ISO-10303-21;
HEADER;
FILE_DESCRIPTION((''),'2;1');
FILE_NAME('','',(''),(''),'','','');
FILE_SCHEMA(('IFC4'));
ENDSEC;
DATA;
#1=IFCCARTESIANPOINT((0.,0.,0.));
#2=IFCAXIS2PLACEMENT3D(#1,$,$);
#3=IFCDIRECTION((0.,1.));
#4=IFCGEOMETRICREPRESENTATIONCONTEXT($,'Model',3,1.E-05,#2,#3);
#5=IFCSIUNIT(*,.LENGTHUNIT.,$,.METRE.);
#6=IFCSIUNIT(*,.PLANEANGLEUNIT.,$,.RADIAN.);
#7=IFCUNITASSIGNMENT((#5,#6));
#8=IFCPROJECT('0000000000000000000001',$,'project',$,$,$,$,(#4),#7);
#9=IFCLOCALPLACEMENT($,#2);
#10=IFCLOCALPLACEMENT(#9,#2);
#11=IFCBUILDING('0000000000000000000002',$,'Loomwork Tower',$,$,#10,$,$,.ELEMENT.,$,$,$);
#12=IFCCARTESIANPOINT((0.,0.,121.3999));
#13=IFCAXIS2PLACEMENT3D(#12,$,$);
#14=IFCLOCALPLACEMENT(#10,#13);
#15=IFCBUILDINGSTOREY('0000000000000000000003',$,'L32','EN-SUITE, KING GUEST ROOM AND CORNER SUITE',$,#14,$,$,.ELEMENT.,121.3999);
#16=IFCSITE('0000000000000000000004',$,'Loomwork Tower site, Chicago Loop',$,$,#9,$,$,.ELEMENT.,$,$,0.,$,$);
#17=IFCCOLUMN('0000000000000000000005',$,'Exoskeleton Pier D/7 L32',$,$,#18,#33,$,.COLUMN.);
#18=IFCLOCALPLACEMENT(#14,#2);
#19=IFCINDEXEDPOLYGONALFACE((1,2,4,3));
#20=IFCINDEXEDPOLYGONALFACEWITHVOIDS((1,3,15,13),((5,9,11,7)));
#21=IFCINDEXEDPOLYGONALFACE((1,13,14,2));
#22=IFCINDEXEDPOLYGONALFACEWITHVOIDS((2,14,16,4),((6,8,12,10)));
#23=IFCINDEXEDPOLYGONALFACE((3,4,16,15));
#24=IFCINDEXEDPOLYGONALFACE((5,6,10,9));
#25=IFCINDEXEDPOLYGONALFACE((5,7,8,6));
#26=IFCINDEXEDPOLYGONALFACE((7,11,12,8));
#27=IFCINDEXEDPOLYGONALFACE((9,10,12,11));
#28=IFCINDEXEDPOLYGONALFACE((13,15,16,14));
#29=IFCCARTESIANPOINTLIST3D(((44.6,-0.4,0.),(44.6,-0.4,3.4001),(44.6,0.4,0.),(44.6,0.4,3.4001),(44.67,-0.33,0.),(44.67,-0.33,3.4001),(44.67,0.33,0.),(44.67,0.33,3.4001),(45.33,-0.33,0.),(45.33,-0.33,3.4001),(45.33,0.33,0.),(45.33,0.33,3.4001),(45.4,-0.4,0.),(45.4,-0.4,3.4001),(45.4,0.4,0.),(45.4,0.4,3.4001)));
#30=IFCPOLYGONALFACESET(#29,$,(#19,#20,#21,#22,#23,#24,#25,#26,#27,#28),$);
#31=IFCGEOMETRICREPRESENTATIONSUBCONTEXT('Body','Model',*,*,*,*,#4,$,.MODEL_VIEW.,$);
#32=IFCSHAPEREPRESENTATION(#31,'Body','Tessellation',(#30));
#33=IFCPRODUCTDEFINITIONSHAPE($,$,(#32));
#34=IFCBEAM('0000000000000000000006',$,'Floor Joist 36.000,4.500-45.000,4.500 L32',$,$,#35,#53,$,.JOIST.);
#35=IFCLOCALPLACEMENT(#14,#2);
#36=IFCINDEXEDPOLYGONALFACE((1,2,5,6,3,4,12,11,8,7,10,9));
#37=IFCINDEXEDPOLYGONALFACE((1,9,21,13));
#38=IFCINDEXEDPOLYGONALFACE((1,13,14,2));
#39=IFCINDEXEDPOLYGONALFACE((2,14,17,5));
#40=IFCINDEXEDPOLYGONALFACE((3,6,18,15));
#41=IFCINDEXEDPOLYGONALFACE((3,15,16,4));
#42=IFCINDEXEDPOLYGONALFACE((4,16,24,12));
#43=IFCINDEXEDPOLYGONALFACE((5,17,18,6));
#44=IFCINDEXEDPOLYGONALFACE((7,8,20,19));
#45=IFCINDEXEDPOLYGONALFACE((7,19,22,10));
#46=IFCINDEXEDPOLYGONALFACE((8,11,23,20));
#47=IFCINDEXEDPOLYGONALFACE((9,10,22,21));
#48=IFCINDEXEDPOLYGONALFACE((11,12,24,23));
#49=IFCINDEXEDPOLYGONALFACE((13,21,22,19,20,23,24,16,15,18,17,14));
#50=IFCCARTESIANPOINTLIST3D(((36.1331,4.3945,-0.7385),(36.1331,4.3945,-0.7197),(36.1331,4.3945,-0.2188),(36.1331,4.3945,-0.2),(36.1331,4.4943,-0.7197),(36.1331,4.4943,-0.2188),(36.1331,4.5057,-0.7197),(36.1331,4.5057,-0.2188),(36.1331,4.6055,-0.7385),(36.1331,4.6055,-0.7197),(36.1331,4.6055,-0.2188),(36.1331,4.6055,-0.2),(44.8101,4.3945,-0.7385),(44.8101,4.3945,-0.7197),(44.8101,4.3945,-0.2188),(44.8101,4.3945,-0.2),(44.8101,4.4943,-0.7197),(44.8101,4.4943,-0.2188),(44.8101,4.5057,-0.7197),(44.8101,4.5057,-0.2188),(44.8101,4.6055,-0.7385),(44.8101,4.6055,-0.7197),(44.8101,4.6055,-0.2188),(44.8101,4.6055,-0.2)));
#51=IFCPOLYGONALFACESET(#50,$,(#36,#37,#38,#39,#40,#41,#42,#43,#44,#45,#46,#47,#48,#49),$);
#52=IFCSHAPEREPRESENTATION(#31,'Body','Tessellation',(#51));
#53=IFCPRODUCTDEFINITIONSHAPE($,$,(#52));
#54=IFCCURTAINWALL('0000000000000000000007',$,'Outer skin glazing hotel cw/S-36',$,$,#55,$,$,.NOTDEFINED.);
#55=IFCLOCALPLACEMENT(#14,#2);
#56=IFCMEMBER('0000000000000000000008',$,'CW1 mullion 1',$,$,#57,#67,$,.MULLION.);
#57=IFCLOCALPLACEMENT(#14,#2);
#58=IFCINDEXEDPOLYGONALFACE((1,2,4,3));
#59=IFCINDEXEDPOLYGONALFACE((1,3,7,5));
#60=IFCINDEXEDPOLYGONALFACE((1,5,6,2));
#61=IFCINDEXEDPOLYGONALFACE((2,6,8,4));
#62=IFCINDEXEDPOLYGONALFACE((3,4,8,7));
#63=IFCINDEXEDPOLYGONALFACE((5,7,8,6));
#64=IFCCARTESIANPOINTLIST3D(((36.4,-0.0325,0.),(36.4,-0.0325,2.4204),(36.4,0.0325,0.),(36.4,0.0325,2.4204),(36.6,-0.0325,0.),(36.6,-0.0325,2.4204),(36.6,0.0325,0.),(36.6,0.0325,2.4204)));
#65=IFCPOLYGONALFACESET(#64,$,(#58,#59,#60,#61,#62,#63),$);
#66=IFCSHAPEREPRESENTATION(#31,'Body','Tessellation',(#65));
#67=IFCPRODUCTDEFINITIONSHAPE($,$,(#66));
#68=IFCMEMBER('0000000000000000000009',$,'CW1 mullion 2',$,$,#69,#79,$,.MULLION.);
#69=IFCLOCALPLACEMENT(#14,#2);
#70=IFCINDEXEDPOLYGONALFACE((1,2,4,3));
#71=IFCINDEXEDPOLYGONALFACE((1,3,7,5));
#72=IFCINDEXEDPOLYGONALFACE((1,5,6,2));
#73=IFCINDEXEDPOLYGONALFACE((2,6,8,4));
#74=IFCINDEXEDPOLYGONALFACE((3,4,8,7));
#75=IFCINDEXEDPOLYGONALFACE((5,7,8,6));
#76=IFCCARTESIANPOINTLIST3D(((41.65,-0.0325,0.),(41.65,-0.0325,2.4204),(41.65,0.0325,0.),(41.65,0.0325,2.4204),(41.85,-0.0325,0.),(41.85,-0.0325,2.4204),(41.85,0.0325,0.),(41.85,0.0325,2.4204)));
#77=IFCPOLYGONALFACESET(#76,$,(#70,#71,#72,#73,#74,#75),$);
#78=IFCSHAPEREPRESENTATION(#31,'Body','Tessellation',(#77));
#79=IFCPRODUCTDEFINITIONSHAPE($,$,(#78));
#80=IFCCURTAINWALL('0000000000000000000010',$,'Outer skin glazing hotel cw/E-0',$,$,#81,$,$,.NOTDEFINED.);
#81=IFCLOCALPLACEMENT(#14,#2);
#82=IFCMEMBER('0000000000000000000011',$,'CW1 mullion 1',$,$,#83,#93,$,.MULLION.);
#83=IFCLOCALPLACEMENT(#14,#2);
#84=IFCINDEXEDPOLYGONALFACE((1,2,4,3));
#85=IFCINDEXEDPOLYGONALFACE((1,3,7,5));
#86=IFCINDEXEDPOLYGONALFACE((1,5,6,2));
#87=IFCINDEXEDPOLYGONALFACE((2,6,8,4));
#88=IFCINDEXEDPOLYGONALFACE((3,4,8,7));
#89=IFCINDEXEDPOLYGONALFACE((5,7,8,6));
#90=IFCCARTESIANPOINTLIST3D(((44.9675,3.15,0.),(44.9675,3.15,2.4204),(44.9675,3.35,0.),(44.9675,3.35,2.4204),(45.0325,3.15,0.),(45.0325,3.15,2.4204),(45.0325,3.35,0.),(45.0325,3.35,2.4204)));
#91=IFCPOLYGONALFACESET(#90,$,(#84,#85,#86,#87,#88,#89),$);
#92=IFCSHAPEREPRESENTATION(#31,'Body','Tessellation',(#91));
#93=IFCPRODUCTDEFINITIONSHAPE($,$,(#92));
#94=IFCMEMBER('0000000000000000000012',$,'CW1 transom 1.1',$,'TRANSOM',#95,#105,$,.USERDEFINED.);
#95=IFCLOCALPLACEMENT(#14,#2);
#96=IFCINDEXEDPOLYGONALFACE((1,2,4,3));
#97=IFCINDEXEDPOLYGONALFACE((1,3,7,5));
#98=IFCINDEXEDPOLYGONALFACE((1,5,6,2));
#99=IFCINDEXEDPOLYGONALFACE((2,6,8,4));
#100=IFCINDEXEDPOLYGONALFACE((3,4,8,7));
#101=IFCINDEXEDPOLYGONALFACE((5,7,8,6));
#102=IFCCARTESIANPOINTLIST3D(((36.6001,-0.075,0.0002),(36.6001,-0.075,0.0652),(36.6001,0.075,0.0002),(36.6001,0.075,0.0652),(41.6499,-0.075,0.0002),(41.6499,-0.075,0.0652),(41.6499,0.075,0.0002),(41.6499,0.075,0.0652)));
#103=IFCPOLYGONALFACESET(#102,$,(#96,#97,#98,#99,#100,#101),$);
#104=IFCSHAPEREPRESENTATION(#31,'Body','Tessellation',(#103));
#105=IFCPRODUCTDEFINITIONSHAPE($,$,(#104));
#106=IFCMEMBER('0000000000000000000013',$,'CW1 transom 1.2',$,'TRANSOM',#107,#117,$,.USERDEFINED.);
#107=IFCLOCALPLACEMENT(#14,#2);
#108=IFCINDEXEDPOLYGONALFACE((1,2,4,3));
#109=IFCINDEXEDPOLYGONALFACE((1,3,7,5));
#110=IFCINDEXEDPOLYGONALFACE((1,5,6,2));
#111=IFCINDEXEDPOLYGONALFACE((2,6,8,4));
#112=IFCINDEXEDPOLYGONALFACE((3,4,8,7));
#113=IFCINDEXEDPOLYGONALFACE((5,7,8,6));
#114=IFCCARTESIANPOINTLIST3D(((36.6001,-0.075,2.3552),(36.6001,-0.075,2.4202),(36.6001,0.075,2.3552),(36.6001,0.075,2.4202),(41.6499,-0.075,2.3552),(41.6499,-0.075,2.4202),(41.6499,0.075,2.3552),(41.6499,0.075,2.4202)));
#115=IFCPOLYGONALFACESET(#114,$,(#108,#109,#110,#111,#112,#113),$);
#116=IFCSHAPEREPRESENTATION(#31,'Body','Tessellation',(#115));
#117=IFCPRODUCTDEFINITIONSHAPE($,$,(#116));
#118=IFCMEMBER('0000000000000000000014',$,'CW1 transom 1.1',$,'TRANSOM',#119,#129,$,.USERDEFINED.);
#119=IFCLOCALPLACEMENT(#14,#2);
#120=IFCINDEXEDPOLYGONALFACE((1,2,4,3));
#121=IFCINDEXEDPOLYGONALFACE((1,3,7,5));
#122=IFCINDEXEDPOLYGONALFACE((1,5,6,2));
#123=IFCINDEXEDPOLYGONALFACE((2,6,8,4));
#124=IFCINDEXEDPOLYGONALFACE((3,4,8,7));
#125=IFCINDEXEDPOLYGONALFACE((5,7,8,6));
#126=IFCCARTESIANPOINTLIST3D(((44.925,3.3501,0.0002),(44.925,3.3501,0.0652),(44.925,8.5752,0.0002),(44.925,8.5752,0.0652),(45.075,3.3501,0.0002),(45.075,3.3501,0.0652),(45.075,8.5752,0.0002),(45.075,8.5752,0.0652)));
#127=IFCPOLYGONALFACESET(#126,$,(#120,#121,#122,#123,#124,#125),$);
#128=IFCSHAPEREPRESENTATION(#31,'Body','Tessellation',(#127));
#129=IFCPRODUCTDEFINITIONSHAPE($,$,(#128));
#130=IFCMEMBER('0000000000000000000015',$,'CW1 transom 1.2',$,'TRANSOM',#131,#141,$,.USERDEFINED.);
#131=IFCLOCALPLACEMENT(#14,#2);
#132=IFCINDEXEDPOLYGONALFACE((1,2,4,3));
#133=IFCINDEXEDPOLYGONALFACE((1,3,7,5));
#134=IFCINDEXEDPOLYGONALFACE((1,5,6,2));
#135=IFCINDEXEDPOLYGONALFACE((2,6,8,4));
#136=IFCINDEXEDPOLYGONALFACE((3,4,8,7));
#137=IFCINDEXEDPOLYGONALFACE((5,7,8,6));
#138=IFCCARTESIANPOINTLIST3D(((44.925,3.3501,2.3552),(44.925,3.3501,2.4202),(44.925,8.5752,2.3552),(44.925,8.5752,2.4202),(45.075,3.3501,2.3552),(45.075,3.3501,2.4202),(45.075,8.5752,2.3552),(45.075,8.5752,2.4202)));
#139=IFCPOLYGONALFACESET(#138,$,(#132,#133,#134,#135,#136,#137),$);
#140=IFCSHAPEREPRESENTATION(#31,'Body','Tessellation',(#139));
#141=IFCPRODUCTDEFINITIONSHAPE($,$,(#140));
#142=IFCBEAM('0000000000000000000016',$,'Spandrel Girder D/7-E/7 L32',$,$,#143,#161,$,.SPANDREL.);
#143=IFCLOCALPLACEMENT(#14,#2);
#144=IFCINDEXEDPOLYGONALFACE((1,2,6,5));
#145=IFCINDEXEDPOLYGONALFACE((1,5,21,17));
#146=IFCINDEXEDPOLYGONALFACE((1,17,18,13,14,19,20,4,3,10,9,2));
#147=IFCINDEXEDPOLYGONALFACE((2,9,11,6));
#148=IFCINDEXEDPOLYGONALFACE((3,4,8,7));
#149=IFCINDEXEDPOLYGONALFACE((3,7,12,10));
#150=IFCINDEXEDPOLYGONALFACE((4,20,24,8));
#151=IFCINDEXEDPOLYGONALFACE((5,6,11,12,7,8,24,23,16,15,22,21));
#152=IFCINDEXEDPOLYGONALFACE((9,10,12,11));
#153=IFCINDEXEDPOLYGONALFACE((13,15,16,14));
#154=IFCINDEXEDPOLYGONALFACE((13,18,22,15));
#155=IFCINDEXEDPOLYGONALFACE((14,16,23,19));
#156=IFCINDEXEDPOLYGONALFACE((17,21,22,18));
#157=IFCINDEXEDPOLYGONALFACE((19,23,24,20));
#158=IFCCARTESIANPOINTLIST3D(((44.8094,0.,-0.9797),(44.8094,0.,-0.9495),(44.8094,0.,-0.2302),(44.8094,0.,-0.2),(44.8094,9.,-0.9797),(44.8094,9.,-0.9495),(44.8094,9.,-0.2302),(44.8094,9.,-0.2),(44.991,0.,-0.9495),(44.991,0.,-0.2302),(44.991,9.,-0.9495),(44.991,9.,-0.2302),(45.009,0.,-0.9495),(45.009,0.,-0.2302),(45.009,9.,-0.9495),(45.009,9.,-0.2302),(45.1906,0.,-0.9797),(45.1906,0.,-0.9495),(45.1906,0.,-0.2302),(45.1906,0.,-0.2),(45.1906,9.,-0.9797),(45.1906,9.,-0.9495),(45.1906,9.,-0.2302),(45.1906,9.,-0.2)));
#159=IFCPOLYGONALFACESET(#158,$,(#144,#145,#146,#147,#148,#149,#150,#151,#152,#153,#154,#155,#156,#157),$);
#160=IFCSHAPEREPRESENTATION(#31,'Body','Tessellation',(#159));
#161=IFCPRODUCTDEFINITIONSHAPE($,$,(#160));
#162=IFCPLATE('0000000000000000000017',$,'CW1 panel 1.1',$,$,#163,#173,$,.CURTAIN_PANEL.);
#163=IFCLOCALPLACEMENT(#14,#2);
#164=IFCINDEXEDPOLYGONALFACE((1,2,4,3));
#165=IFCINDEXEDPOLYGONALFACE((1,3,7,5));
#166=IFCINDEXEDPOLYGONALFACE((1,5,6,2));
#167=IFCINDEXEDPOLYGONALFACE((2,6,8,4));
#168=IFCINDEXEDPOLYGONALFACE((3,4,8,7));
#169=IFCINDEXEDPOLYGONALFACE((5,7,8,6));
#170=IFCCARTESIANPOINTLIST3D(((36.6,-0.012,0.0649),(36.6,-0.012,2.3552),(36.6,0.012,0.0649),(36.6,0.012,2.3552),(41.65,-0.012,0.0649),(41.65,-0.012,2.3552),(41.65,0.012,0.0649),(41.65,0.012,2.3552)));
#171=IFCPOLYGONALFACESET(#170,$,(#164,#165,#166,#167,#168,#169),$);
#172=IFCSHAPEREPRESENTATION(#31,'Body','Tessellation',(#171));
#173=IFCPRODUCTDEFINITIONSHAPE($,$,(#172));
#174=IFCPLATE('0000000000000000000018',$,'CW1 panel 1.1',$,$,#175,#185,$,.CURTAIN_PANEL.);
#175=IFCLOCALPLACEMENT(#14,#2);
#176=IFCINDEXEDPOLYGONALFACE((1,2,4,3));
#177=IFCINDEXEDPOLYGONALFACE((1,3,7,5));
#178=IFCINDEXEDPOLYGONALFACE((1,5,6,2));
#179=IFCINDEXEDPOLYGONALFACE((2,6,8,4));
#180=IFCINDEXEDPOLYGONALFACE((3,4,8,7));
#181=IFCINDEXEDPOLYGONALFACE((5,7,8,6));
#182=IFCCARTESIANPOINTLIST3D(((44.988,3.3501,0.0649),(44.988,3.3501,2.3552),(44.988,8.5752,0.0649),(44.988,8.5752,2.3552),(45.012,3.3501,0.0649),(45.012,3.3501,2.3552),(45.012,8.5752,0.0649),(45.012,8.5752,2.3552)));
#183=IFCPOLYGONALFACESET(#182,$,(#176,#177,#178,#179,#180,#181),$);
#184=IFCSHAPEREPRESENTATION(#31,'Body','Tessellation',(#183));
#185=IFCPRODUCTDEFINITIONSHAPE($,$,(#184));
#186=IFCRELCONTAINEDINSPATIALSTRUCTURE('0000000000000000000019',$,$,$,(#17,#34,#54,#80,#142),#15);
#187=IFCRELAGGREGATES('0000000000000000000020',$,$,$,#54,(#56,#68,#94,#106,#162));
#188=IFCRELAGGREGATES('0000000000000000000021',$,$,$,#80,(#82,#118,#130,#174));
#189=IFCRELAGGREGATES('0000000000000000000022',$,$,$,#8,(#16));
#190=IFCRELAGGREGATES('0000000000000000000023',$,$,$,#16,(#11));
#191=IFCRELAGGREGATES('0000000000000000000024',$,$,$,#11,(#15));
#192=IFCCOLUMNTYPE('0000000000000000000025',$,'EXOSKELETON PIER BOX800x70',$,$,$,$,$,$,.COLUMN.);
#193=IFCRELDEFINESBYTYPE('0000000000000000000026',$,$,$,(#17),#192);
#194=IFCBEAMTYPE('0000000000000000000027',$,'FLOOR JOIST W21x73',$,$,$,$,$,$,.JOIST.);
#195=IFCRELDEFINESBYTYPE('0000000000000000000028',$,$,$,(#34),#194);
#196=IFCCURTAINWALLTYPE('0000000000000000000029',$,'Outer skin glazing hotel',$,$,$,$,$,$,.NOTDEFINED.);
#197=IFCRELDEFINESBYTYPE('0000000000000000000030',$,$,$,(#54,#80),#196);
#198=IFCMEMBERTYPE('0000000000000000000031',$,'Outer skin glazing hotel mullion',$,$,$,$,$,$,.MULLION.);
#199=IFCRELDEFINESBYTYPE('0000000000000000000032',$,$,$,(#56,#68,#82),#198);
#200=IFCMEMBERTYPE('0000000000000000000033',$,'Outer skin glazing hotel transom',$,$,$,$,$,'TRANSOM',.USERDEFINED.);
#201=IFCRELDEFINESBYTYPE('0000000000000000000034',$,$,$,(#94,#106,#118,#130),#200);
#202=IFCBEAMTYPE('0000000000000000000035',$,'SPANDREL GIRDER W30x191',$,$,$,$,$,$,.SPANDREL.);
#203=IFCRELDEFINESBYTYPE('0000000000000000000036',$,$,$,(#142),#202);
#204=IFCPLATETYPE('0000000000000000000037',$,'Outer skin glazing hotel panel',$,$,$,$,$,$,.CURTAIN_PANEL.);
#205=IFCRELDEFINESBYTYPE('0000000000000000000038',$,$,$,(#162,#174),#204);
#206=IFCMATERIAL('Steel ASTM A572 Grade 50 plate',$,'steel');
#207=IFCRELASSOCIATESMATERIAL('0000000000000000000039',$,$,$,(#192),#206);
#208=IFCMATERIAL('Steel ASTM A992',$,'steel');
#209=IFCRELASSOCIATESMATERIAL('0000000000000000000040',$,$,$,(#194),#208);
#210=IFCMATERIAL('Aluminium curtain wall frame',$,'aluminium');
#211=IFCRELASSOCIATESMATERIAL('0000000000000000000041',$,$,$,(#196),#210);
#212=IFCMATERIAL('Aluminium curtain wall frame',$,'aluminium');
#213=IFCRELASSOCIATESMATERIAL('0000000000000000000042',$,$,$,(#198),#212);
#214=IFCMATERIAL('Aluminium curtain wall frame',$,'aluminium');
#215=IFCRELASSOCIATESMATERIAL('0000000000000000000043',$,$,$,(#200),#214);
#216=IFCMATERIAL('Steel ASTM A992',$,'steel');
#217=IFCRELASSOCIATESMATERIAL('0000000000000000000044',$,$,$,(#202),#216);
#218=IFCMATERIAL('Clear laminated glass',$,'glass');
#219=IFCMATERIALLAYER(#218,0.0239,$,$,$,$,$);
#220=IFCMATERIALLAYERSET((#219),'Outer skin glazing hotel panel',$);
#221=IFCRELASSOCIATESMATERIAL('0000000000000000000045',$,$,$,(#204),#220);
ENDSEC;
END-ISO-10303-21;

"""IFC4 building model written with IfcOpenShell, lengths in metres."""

from ifc_helpers import new_model, si_unit, direction, frame, origin, origin_2d, place, context, subcontext, project, spatial, rectangle, hollow_rectangle, i_section, extrude, material, layer, layer_set, material_profile, profile_set, type_object, element, aggregate, save


model = new_model("IFC4")

# Units and contexts
model_context = context("Model", 3, precision=1e-05, world=origin(), true_north=direction((0.0, 1.0)))
body_context = subcontext(model_context, "Body", "Model", "MODEL_VIEW")
ifc_project = project(units=[si_unit("LENGTHUNIT", "METRE"), si_unit("PLANEANGLEUNIT", "RADIAN")], contexts=[model_context])

# Site, building, storey
site_placement = place(None, origin())
site = spatial("IfcSite", under=ifc_project, at=site_placement, Name="Loomwork Tower site, Chicago Loop", CompositionType="ELEMENT", RefElevation=0.0)
building_placement = place(site_placement, origin())
building = spatial("IfcBuilding", under=site, at=building_placement, Name="Loomwork Tower", CompositionType="ELEMENT")
storey_placement = place(building_placement, frame((0.0, 0.0, 121.3999)))
storey = spatial("IfcBuildingStorey", under=building, at=storey_placement, Name="L32", Description="EN-SUITE, KING GUEST ROOM AND CORNER SUITE", CompositionType="ELEMENT", Elevation=121.3999)

# Column
ifc_material_1 = material(Name="Steel ASTM A572 Grade 50 plate", Category="steel")
ifc_material_profile_1 = material_profile(ifc_material_1, hollow_rectangle(XDim=0.8, YDim=0.8, WallThickness=0.0701, at=origin_2d()), Name="BOX800x70")
ifc_profile_set_1 = profile_set([ifc_material_profile_1], Name="Steel ASTM A572 Grade 50 plate")
column_type = type_object("IfcColumnType", Name="EXOSKELETON PIER BOX800x70", PredefinedType="COLUMN", material=ifc_profile_set_1)
column_placement = place(storey_placement, frame((45.0, 0.0, 0.0), z_axis=(0.0, 0.0, 1.0), x_axis=(1.0, 0.0, 0.0)))
element("IfcColumn", 1, at=column_placement, inside=storey, type_object=column_type, Name="Exoskeleton Pier D/7 L32", PredefinedType="COLUMN", context=body_context, shape_type="SweptSolid", body=[
    extrude(hollow_rectangle(XDim=0.8, YDim=0.8, WallThickness=0.0701, at=origin_2d()), origin(), (0.0, 0.0, 1.0), 3.4001),
])

# Beam
ifc_material_2 = material(Name="Steel ASTM A992", Category="steel")
ifc_material_profile_2 = material_profile(ifc_material_2, i_section(OverallWidth=0.2109, OverallDepth=0.5386, WebThickness=0.0115, FlangeThickness=0.0188, at=origin_2d()), Name="W21x73")
ifc_profile_set_2 = profile_set([ifc_material_profile_2], Name="Steel ASTM A992")
beam_type_1 = type_object("IfcBeamType", Name="FLOOR JOIST W21x73", PredefinedType="JOIST", material=ifc_profile_set_2)
beam_1_placement = place(storey_placement, frame((36.1331, 4.5, -0.4692), z_axis=(1.0, 0.0, 0.0), x_axis=(0.0, 1.0, 0.0)))
element("IfcBeam", 2, at=beam_1_placement, inside=storey, type_object=beam_type_1, Name="Floor Joist 36.000,4.500-45.000,4.500 L32", PredefinedType="JOIST", context=body_context, shape_type="SweptSolid", body=[
    extrude(i_section(OverallWidth=0.2109, OverallDepth=0.5386, WebThickness=0.0115, FlangeThickness=0.0188, at=origin_2d()), origin(), (0.0, 0.0, 1.0), 8.677),
])

# Curtain wall, members
ifc_material_3 = material(Name="Aluminium curtain wall frame", Category="aluminium")
curtain_wall_type = type_object("IfcCurtainWallType", Name="Outer skin glazing hotel", PredefinedType="NOTDEFINED", material=ifc_material_3)
curtain_wall_1_placement = place(storey_placement, origin())
curtain_wall_1 = element("IfcCurtainWall", 3, at=curtain_wall_1_placement, inside=storey, type_object=curtain_wall_type, Name="Outer skin glazing hotel cw/S-36", PredefinedType="NOTDEFINED")
ifc_material_4 = material(Name="Aluminium curtain wall frame", Category="aluminium")
ifc_material_profile_3 = material_profile(ifc_material_4, rectangle(XDim=0.0649, YDim=0.2, at=origin_2d()), Name="AL 65x200")
ifc_profile_set_3 = profile_set([ifc_material_profile_3], Name="Aluminium curtain wall frame")
member_type_1 = type_object("IfcMemberType", Name="Outer skin glazing hotel mullion", PredefinedType="MULLION", material=ifc_profile_set_3)
member_1_placement = place(storey_placement, frame((36.5, 0.0, 0.0), z_axis=(0.0, 0.0, 1.0), x_axis=(0.0, 1.0, 0.0)))
member_1 = element("IfcMember", 4, at=member_1_placement, type_object=member_type_1, Name="CW1 mullion 1", PredefinedType="MULLION", context=body_context, shape_type="SweptSolid", body=[
    extrude(rectangle(XDim=0.0649, YDim=0.2, at=origin_2d()), origin(), (0.0, 0.0, 1.0), 2.4204),
])
member_2_placement = place(storey_placement, frame((41.75, 0.0, 0.0), z_axis=(0.0, 0.0, 1.0), x_axis=(0.0, 1.0, 0.0)))
member_2 = element("IfcMember", 5, at=member_2_placement, type_object=member_type_1, Name="CW1 mullion 2", PredefinedType="MULLION", context=body_context, shape_type="SweptSolid", body=[
    extrude(rectangle(XDim=0.0649, YDim=0.2, at=origin_2d()), origin(), (0.0, 0.0, 1.0), 2.4204),
])

# Curtain wall, member
curtain_wall_2_placement = place(storey_placement, origin())
curtain_wall_2 = element("IfcCurtainWall", 6, at=curtain_wall_2_placement, inside=storey, type_object=curtain_wall_type, Name="Outer skin glazing hotel cw/E-0", PredefinedType="NOTDEFINED")
member_3_placement = place(storey_placement, frame((45.0, 3.25, 0.0), z_axis=(0.0, 0.0, 1.0), x_axis=(-1.0, 0.0, 0.0)))
member_3 = element("IfcMember", 7, at=member_3_placement, type_object=member_type_1, Name="CW1 mullion 1", PredefinedType="MULLION", context=body_context, shape_type="SweptSolid", body=[
    extrude(rectangle(XDim=0.0649, YDim=0.2, at=origin_2d()), origin(), (0.0, 0.0, 1.0), 2.4204),
])

# Members
ifc_material_5 = material(Name="Aluminium curtain wall frame", Category="aluminium")
ifc_material_profile_4 = material_profile(ifc_material_5, rectangle(XDim=0.1499, YDim=0.0649, at=origin_2d()), Name="AL 65x150")
ifc_profile_set_4 = profile_set([ifc_material_profile_4], Name="Aluminium curtain wall frame")
member_type_2 = type_object("IfcMemberType", Name="Outer skin glazing hotel transom", ElementType="TRANSOM", PredefinedType="USERDEFINED", material=ifc_profile_set_4)
member_4_placement = place(storey_placement, frame((36.6001, 0.0, 0.0327), z_axis=(1.0, 0.0, 0.0), x_axis=(0.0, 1.0, 0.0)))
member_4 = element("IfcMember", 8, at=member_4_placement, type_object=member_type_2, Name="CW1 transom 1.1", ObjectType="TRANSOM", PredefinedType="USERDEFINED", context=body_context, shape_type="SweptSolid", body=[
    extrude(rectangle(XDim=0.1499, YDim=0.0649, at=origin_2d()), origin(), (0.0, 0.0, 1.0), 5.0498),
])
member_5_placement = place(storey_placement, frame((36.6001, 0.0, 2.3877), z_axis=(1.0, 0.0, 0.0), x_axis=(0.0, 1.0, 0.0)))
member_5 = element("IfcMember", 9, at=member_5_placement, type_object=member_type_2, Name="CW1 transom 1.2", ObjectType="TRANSOM", PredefinedType="USERDEFINED", context=body_context, shape_type="SweptSolid", body=[
    extrude(rectangle(XDim=0.1499, YDim=0.0649, at=origin_2d()), origin(), (0.0, 0.0, 1.0), 5.0498),
])
member_6_placement = place(storey_placement, frame((45.0, 3.3501, 0.0327), z_axis=(0.0, 1.0, 0.0), x_axis=(-1.0, 0.0, 0.0)))
member_6 = element("IfcMember", 10, at=member_6_placement, type_object=member_type_2, Name="CW1 transom 1.1", ObjectType="TRANSOM", PredefinedType="USERDEFINED", context=body_context, shape_type="SweptSolid", body=[
    extrude(rectangle(XDim=0.1499, YDim=0.0649, at=origin_2d()), origin(), (0.0, 0.0, 1.0), 5.2251),
])
member_7_placement = place(storey_placement, frame((45.0, 3.3501, 2.3877), z_axis=(0.0, 1.0, 0.0), x_axis=(-1.0, 0.0, 0.0)))
member_7 = element("IfcMember", 11, at=member_7_placement, type_object=member_type_2, Name="CW1 transom 1.2", ObjectType="TRANSOM", PredefinedType="USERDEFINED", context=body_context, shape_type="SweptSolid", body=[
    extrude(rectangle(XDim=0.1499, YDim=0.0649, at=origin_2d()), origin(), (0.0, 0.0, 1.0), 5.2251),
])

# Beam
ifc_material_6 = material(Name="Steel ASTM A992", Category="steel")
ifc_material_profile_5 = material_profile(ifc_material_6, i_section(OverallWidth=0.3811, OverallDepth=0.7798, WebThickness=0.0181, FlangeThickness=0.0303, at=origin_2d()), Name="W30x191")
ifc_profile_set_5 = profile_set([ifc_material_profile_5], Name="Steel ASTM A992")
beam_type_2 = type_object("IfcBeamType", Name="SPANDREL GIRDER W30x191", PredefinedType="SPANDREL", material=ifc_profile_set_5)
beam_2_placement = place(storey_placement, frame((45.0, 0.0, -0.5898), z_axis=(0.0, 1.0, 0.0), x_axis=(-1.0, 0.0, 0.0)))
element("IfcBeam", 12, at=beam_2_placement, inside=storey, type_object=beam_type_2, Name="Spandrel Girder D/7-E/7 L32", PredefinedType="SPANDREL", context=body_context, shape_type="SweptSolid", body=[
    extrude(i_section(OverallWidth=0.3811, OverallDepth=0.7798, WebThickness=0.0181, FlangeThickness=0.0303, at=origin_2d()), origin(), (0.0, 0.0, 1.0), 9.0),
])

# Plates
ifc_material_7 = material(Name="Clear laminated glass", Category="glass")
ifc_layer_1 = layer(ifc_material_7, 0.0239)
ifc_layer_set_1 = layer_set([ifc_layer_1], Name="Outer skin glazing hotel panel")
plate_type = type_object("IfcPlateType", Name="Outer skin glazing hotel panel", PredefinedType="CURTAIN_PANEL", material=ifc_layer_set_1)
plate_1_placement = place(storey_placement, frame((39.125, 0.0, 0.0649), z_axis=(0.0, 0.0, 1.0), x_axis=(1.0, 0.0, 0.0)))
plate_1 = element("IfcPlate", 13, at=plate_1_placement, type_object=plate_type, Name="CW1 panel 1.1", PredefinedType="CURTAIN_PANEL", context=body_context, shape_type="SweptSolid", body=[
    extrude(rectangle(XDim=5.05, YDim=0.0239, at=origin_2d()), origin(), (0.0, 0.0, 1.0), 2.2903),
])
aggregate(curtain_wall_1, [member_1, member_2, member_4, member_5, plate_1])
plate_2_placement = place(storey_placement, frame((45.0, 5.9626, 0.0649), z_axis=(0.0, 0.0, 1.0), x_axis=(0.0, 1.0, 0.0)))
plate_2 = element("IfcPlate", 14, at=plate_2_placement, type_object=plate_type, Name="CW1 panel 1.1", PredefinedType="CURTAIN_PANEL", context=body_context, shape_type="SweptSolid", body=[
    extrude(rectangle(XDim=5.2251, YDim=0.0239, at=origin_2d()), origin(), (0.0, 0.0, 1.0), 2.2903),
])
aggregate(curtain_wall_2, [member_3, member_6, member_7, plate_2])

save(model, "model.ifc")
